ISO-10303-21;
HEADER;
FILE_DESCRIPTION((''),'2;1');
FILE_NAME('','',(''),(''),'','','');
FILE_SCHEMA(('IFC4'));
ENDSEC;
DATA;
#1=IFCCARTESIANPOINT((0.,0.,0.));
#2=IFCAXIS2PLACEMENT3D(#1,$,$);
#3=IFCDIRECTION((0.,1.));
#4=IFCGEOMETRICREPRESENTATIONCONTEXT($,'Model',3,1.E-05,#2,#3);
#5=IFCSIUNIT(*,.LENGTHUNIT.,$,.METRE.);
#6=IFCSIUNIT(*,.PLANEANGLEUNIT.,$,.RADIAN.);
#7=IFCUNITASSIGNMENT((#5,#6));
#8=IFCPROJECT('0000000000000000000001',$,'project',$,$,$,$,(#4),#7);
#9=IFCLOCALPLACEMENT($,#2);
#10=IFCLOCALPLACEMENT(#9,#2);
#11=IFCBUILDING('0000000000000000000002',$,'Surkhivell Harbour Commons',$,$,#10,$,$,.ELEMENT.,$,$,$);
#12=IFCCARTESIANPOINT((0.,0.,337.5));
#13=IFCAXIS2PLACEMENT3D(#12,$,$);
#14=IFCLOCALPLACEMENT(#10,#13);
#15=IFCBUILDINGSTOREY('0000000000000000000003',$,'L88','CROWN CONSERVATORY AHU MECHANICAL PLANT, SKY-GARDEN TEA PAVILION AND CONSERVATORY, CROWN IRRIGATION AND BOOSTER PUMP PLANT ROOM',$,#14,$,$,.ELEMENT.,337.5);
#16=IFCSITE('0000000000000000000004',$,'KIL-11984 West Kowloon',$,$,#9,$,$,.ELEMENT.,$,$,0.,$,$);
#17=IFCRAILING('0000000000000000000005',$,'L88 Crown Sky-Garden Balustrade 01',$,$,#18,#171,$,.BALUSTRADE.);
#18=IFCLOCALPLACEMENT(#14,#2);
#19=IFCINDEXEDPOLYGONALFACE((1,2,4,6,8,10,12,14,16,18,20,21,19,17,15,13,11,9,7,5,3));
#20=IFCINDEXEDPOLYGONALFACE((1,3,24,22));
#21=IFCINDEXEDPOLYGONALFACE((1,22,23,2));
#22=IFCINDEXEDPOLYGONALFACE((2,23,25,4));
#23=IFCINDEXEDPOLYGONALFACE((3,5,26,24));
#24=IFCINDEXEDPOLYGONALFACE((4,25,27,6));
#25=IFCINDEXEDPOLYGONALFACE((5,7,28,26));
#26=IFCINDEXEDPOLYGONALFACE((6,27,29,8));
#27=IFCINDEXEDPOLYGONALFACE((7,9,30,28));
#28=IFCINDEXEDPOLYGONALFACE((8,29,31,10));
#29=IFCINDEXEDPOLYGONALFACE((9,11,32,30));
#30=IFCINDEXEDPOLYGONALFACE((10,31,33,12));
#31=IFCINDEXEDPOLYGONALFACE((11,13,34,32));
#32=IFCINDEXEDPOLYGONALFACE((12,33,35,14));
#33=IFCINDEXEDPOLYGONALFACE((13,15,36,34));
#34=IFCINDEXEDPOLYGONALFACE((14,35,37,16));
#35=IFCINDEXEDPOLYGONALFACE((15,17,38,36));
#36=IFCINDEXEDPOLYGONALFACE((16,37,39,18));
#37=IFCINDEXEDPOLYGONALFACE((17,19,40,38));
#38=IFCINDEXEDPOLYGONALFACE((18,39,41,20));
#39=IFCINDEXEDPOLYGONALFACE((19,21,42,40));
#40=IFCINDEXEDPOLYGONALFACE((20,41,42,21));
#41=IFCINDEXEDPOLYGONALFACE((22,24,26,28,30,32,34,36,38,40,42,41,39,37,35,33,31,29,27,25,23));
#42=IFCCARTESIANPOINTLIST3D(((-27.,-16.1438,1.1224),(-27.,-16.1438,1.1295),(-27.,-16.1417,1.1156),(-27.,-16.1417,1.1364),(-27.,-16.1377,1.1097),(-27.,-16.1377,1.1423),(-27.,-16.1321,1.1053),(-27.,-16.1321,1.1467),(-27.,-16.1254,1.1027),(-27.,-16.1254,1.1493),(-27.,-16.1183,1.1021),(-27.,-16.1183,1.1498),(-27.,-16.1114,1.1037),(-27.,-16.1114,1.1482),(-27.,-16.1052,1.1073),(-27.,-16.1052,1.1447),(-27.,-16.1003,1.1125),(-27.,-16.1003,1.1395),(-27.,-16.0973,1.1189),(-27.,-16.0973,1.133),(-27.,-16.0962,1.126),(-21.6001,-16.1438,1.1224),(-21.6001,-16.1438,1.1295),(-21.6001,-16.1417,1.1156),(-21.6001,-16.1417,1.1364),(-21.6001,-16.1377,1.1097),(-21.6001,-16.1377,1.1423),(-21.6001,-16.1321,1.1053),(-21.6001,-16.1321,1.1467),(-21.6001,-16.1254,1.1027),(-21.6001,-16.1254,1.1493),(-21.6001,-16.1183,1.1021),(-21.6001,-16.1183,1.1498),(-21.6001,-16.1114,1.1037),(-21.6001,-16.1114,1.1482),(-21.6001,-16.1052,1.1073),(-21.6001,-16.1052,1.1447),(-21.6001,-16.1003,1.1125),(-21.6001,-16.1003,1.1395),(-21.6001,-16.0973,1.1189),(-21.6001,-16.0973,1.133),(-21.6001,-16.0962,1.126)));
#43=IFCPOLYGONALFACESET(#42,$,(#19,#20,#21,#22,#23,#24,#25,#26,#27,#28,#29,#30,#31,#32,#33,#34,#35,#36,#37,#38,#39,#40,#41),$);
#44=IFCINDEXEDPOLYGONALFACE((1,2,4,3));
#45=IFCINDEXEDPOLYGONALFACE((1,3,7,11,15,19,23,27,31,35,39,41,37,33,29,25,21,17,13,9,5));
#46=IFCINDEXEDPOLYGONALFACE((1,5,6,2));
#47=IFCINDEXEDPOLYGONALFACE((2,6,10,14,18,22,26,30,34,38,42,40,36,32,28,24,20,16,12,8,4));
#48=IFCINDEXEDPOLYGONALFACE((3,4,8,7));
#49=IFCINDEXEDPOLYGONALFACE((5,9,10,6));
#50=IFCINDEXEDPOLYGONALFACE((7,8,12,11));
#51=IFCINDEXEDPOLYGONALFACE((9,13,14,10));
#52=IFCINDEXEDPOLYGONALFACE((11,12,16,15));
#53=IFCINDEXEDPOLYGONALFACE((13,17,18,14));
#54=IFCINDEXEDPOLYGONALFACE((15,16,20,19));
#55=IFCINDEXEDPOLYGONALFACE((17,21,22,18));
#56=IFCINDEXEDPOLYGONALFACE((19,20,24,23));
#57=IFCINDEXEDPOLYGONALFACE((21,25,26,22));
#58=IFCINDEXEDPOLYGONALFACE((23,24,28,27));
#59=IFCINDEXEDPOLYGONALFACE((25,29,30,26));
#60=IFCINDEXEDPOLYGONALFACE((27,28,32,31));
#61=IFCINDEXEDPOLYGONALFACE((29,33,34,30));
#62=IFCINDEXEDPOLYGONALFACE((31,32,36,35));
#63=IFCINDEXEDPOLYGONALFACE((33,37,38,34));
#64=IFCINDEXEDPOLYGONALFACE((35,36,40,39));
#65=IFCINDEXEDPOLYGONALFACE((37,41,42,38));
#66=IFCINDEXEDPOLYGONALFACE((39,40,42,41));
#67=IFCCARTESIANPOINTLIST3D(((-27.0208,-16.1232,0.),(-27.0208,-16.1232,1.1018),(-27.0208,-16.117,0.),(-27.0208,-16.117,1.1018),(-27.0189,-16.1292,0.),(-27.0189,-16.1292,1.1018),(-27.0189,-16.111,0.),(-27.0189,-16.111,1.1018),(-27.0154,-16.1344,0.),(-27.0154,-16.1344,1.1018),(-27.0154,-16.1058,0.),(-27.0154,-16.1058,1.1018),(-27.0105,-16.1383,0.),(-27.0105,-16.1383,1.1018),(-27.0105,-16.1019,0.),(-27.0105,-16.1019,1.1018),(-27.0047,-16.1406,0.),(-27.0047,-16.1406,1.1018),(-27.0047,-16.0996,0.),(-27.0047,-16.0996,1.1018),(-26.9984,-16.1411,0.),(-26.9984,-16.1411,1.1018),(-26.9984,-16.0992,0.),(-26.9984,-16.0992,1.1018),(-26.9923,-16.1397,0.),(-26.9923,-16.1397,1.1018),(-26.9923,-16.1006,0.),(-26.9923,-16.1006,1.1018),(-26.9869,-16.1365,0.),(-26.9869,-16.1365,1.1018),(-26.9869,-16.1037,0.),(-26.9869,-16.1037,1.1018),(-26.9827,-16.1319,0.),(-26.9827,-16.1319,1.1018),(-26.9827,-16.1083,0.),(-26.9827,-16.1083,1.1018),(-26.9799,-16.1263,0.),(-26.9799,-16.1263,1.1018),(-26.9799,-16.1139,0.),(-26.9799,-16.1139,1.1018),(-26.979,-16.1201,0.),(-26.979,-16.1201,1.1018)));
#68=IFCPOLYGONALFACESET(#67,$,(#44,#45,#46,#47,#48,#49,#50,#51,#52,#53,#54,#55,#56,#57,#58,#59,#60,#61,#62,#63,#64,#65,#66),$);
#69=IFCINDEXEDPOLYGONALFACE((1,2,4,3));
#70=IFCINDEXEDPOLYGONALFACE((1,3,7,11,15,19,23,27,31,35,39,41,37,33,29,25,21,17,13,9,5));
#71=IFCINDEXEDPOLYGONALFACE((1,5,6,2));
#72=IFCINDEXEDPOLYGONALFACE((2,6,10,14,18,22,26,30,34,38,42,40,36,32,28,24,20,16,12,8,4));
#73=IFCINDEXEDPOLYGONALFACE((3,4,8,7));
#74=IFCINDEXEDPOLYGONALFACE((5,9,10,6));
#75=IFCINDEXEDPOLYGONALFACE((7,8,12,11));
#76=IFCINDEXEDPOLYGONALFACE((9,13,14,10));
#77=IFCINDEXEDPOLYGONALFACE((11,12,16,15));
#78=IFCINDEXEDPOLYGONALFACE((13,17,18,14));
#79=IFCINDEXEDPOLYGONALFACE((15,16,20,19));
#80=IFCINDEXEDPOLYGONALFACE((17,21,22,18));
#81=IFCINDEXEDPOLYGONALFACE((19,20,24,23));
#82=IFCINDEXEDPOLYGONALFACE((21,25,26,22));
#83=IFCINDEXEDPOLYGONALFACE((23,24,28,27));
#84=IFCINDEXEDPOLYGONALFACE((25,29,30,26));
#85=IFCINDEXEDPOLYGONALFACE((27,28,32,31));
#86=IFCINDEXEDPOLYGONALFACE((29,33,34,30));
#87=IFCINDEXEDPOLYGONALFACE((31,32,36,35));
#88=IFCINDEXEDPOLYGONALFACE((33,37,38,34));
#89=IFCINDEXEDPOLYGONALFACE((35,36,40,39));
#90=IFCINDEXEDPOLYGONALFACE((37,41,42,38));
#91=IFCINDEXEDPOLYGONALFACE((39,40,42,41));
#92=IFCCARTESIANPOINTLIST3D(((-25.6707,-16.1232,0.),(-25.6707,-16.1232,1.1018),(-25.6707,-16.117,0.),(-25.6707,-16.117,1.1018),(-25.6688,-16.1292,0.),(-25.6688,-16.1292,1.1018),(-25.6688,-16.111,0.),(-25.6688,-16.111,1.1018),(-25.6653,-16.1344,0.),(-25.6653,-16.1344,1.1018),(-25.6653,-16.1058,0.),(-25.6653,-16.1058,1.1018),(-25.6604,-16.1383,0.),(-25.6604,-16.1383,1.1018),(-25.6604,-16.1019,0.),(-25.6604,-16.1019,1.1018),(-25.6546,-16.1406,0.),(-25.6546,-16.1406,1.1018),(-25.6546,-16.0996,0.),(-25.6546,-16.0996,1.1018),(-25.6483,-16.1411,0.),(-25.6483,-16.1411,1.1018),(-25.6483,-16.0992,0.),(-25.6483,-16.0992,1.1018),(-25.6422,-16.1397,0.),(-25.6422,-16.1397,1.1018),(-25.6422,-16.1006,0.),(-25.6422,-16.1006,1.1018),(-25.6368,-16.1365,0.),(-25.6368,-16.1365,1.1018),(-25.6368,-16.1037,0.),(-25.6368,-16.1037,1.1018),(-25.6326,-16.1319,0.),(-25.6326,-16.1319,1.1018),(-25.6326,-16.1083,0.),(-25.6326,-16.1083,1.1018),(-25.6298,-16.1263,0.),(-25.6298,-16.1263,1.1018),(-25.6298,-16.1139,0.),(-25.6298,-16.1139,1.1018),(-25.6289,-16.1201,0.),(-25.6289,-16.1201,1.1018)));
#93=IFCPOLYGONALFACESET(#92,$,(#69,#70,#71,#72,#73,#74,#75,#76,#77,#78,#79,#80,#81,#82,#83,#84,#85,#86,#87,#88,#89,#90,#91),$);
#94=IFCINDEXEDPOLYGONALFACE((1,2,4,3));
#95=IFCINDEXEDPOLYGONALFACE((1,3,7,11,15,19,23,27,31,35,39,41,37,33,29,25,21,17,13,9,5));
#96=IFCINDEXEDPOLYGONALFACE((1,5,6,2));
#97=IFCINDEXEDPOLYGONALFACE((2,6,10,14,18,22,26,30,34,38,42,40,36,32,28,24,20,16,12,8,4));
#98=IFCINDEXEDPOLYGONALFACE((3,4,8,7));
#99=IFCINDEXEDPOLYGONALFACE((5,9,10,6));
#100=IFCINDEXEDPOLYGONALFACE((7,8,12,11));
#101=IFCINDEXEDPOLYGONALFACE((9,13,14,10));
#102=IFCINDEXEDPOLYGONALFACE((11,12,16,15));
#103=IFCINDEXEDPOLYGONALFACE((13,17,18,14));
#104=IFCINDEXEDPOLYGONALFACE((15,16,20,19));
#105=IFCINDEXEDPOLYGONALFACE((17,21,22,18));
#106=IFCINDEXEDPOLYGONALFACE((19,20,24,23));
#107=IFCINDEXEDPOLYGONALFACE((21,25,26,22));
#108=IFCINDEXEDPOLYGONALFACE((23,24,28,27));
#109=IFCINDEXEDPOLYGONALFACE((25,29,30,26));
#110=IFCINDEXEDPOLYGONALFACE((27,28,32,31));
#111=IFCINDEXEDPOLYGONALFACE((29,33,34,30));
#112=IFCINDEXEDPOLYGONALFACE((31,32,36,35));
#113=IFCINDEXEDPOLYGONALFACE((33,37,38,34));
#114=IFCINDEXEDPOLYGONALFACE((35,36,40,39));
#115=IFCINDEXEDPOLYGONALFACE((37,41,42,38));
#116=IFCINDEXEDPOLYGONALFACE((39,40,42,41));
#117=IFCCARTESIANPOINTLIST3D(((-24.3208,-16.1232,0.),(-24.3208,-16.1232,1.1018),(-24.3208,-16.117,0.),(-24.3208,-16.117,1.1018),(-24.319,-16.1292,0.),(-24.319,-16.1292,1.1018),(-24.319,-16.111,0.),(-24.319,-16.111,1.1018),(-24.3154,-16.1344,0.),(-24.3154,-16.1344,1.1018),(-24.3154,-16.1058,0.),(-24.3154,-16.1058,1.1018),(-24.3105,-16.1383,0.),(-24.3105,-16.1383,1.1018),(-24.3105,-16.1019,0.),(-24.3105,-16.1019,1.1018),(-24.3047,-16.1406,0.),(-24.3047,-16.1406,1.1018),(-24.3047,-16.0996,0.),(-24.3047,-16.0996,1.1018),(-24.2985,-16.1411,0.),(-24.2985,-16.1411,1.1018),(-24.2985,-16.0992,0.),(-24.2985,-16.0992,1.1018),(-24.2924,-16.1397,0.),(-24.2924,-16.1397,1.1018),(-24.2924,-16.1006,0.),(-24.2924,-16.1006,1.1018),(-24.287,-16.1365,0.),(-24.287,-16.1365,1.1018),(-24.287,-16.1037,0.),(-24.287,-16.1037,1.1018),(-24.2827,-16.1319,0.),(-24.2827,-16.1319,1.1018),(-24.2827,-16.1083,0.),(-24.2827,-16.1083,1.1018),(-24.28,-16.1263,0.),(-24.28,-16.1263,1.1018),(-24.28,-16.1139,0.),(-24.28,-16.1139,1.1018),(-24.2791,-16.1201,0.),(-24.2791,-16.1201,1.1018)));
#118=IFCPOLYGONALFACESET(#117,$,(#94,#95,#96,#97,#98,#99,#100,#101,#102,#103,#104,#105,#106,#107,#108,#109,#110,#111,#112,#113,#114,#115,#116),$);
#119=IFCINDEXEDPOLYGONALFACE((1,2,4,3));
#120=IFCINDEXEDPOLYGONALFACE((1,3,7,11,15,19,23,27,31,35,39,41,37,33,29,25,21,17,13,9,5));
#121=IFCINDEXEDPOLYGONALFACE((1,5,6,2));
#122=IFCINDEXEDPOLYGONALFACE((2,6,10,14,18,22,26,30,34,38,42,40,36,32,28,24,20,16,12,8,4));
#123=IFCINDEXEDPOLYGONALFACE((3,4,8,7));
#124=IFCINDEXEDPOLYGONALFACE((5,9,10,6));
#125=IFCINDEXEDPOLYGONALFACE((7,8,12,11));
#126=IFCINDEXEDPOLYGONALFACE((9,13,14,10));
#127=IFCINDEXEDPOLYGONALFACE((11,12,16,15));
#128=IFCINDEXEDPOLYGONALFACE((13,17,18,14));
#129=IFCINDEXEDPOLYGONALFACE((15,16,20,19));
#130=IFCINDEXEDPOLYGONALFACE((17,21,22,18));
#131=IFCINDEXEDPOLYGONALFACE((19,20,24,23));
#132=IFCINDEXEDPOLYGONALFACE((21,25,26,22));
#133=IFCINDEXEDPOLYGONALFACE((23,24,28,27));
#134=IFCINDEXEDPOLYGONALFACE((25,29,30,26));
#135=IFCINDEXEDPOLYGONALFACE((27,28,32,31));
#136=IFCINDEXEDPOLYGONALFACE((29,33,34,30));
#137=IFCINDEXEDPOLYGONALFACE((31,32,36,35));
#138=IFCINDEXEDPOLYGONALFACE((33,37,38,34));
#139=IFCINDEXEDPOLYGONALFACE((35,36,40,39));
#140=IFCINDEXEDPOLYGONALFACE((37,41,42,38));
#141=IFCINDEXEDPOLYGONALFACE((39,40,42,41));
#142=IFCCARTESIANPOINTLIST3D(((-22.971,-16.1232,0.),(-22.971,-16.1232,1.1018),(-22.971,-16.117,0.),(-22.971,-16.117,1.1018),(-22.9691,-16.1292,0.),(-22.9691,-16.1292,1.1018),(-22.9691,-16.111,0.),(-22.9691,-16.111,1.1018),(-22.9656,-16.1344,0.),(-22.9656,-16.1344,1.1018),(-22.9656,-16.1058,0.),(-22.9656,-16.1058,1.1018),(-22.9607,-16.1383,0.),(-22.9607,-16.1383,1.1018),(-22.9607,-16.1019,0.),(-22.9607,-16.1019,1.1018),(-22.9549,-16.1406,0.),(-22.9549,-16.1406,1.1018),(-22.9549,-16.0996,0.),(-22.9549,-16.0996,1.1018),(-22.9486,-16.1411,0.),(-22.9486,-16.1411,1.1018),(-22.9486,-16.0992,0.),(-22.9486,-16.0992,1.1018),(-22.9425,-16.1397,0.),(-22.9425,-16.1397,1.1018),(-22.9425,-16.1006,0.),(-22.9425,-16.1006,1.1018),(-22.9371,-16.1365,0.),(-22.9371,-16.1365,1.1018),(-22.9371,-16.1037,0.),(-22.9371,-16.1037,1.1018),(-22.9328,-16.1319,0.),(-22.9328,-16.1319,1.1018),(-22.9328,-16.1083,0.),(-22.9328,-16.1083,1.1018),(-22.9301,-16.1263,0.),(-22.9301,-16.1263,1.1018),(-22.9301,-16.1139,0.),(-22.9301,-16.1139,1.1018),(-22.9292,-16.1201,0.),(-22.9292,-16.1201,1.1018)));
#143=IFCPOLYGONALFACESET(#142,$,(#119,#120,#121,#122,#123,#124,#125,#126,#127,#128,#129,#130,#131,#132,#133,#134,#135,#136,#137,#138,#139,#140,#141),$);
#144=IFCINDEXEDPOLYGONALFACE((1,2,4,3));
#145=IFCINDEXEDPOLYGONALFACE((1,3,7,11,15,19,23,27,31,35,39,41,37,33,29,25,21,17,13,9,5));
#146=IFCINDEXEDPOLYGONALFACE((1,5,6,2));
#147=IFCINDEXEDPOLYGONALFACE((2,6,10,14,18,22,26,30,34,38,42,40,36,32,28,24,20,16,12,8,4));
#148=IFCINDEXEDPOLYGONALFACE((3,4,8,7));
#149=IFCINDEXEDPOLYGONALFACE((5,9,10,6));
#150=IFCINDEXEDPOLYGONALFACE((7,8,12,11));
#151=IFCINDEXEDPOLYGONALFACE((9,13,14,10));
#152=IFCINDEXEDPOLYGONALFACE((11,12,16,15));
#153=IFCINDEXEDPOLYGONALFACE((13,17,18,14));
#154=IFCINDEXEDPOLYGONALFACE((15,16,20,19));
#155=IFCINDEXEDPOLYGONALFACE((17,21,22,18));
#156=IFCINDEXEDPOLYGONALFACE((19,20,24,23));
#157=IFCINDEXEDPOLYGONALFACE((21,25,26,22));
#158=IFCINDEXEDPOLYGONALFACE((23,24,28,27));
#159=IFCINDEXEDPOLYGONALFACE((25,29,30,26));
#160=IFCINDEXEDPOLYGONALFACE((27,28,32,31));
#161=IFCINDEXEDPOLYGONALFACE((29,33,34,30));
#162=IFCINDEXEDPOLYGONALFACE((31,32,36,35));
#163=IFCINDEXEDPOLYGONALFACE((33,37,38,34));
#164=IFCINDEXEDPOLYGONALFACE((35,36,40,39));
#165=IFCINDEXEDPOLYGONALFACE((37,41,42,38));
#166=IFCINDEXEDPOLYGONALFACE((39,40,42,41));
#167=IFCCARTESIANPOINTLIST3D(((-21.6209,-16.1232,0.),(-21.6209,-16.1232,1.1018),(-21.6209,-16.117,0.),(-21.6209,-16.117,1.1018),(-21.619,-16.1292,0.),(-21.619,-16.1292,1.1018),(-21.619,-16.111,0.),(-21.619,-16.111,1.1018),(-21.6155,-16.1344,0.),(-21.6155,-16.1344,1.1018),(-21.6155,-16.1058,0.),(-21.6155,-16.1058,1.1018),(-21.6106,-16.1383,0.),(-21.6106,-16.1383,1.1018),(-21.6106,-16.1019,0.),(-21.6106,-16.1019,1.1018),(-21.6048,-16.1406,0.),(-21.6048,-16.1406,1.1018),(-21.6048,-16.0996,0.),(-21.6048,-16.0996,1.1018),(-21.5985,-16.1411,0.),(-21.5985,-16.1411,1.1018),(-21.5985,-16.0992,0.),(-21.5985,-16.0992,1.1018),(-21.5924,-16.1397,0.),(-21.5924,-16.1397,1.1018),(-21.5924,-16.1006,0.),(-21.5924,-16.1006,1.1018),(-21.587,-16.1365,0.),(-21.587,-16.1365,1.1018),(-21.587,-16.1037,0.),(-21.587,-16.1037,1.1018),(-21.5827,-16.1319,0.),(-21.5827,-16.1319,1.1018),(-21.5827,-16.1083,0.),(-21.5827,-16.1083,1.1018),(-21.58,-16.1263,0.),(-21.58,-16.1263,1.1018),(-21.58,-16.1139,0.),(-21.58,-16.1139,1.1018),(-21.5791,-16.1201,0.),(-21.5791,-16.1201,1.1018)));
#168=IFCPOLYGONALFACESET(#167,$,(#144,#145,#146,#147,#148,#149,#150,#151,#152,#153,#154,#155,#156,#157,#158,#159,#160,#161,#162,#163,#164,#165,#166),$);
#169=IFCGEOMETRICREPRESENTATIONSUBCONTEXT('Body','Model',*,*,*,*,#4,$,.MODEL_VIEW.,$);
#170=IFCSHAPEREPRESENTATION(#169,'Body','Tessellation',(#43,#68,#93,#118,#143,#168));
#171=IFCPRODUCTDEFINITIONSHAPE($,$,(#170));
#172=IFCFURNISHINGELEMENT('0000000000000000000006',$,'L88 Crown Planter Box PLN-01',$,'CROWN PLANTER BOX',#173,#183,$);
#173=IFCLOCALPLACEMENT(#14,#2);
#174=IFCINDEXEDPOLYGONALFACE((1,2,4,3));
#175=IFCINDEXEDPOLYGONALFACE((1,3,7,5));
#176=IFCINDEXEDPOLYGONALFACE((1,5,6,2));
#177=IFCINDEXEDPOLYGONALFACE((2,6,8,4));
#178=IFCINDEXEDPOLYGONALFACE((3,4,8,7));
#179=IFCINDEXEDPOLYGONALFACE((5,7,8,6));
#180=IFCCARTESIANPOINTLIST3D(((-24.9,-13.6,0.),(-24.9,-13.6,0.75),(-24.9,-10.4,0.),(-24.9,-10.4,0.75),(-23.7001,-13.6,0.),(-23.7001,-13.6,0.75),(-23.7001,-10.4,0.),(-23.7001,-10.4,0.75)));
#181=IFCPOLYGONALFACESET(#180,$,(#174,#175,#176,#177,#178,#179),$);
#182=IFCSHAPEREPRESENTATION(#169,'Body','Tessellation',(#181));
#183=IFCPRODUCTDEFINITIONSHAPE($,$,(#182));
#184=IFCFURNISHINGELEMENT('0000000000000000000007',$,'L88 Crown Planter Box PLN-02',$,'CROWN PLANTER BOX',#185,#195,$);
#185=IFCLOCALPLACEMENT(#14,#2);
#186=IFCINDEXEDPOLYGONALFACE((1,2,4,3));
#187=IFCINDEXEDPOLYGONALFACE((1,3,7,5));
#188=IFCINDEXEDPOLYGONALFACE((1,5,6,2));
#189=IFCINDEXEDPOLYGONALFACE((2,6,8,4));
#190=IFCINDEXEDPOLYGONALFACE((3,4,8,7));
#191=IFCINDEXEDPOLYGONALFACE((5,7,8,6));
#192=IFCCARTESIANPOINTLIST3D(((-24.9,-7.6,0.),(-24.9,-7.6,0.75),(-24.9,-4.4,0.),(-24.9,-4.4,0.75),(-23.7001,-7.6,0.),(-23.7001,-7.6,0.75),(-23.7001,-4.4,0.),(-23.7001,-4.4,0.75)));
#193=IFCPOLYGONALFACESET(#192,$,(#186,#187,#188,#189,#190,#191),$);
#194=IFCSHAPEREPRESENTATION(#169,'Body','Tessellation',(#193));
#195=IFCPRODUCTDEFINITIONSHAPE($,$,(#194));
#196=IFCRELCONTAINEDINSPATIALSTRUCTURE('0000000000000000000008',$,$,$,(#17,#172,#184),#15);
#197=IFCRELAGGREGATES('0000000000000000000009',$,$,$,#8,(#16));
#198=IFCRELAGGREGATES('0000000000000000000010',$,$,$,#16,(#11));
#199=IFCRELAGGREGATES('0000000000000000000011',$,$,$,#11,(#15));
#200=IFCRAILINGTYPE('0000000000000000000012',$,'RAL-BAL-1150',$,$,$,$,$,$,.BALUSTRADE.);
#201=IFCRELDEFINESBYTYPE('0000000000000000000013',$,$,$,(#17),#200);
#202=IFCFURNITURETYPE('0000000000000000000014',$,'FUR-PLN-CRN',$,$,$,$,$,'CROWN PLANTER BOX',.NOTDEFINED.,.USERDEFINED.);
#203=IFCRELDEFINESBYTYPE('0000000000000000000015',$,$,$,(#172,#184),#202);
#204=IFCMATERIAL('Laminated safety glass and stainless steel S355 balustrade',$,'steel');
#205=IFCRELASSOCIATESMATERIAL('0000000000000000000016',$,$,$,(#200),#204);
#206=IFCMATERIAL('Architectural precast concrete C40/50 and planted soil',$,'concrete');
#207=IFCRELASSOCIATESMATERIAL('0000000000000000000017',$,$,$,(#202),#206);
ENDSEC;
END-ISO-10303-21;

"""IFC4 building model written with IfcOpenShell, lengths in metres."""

from ifc_helpers import new_model, si_unit, direction, frame, origin, origin_2d, place, context, subcontext, project, spatial, rectangle, circle, extrude, material, type_object, element, save


model = new_model("IFC4")

# Units and contexts
model_context = context("Model", 3, precision=1e-05, world=origin(), true_north=direction((0.0, 1.0)))
body_context = subcontext(model_context, "Body", "Model", "MODEL_VIEW")
ifc_project = project(units=[si_unit("LENGTHUNIT", "METRE"), si_unit("PLANEANGLEUNIT", "RADIAN")], contexts=[model_context])

# Site, building, storey
site_placement = place(None, origin())
site = spatial("IfcSite", under=ifc_project, at=site_placement, Name="KIL-11984 West Kowloon", CompositionType="ELEMENT", RefElevation=0.0)
building_placement = place(site_placement, origin())
building = spatial("IfcBuilding", under=site, at=building_placement, Name="Surkhivell Harbour Commons", CompositionType="ELEMENT")
storey_placement = place(building_placement, frame((0.0, 0.0, 337.5)))
storey = spatial("IfcBuildingStorey", under=building, at=storey_placement, Name="L88", Description="CROWN CONSERVATORY AHU MECHANICAL PLANT, SKY-GARDEN TEA PAVILION AND CONSERVATORY, CROWN IRRIGATION AND BOOSTER PUMP PLANT ROOM", CompositionType="ELEMENT", Elevation=337.5)

# Railing
ifc_material_1 = material(Name="Laminated safety glass and stainless steel S355 balustrade", Category="steel")
railing_type = type_object("IfcRailingType", Name="RAL-BAL-1150", PredefinedType="BALUSTRADE", material=ifc_material_1)
railing_1_placement = place(storey_placement, frame((-27.0, -16.1201, 0.0)))
element("IfcRailing", 1, at=railing_1_placement, inside=storey, type_object=railing_type, Name="L88 Crown Sky-Garden Balustrade 01", PredefinedType="BALUSTRADE", context=body_context, shape_type="SweptSolid", body=[
    extrude(circle(Radius=0.0239, at=origin_2d()), frame((0.0, 0.0, 1.126), z_axis=(1.0, 0.0, 0.0), x_axis=(0.0, 1.0, 0.0)), (0.0, 0.0, 1.0), 5.3999),
    extrude(circle(Radius=0.021, at=origin_2d()), origin(), (0.0, 0.0, 1.0), 1.1018),
    extrude(circle(Radius=0.021, at=origin_2d()), frame((1.3501, 0.0, 0.0)), (0.0, 0.0, 1.0), 1.1018),
    extrude(circle(Radius=0.021, at=origin_2d()), frame((2.7, 0.0, 0.0)), (0.0, 0.0, 1.0), 1.1018),
    extrude(circle(Radius=0.021, at=origin_2d()), frame((4.0498, 0.0, 0.0)), (0.0, 0.0, 1.0), 1.1018),
    extrude(circle(Radius=0.021, at=origin_2d()), frame((5.3999, 0.0, 0.0)), (0.0, 0.0, 1.0), 1.1018),
])

# Furnishing elements
ifc_material_2 = material(Name="Architectural precast concrete C40/50 and planted soil", Category="concrete")
furniture_type = type_object("IfcFurnitureType", Name="FUR-PLN-CRN", ElementType="CROWN PLANTER BOX", AssemblyPlace="NOTDEFINED", PredefinedType="USERDEFINED", material=ifc_material_2)
for number, where, z_axis, x_axis, name in (
    (2, (-24.3, -12.0, 0.0), (0.0, 0.0, 1.0), (0.0, 1.0, 0.0), "L88 Crown Planter Box PLN-01"),
    (3, (-24.3, -6.0, 0.0), (0.0, 0.0, 1.0), (0.0, 1.0, 0.0), "L88 Crown Planter Box PLN-02"),
):
    element("IfcFurnishingElement", number, at=place(storey_placement, frame(where, z_axis=z_axis, x_axis=x_axis)), inside=storey, type_object=furniture_type, Name=name, ObjectType="CROWN PLANTER BOX", context=body_context, shape_type="SweptSolid", body=[
        extrude(rectangle(XDim=3.2, YDim=1.2, at=origin_2d()), origin(), (0.0, 0.0, 1.0), 0.75),
    ])

save(model, "model.ifc")
